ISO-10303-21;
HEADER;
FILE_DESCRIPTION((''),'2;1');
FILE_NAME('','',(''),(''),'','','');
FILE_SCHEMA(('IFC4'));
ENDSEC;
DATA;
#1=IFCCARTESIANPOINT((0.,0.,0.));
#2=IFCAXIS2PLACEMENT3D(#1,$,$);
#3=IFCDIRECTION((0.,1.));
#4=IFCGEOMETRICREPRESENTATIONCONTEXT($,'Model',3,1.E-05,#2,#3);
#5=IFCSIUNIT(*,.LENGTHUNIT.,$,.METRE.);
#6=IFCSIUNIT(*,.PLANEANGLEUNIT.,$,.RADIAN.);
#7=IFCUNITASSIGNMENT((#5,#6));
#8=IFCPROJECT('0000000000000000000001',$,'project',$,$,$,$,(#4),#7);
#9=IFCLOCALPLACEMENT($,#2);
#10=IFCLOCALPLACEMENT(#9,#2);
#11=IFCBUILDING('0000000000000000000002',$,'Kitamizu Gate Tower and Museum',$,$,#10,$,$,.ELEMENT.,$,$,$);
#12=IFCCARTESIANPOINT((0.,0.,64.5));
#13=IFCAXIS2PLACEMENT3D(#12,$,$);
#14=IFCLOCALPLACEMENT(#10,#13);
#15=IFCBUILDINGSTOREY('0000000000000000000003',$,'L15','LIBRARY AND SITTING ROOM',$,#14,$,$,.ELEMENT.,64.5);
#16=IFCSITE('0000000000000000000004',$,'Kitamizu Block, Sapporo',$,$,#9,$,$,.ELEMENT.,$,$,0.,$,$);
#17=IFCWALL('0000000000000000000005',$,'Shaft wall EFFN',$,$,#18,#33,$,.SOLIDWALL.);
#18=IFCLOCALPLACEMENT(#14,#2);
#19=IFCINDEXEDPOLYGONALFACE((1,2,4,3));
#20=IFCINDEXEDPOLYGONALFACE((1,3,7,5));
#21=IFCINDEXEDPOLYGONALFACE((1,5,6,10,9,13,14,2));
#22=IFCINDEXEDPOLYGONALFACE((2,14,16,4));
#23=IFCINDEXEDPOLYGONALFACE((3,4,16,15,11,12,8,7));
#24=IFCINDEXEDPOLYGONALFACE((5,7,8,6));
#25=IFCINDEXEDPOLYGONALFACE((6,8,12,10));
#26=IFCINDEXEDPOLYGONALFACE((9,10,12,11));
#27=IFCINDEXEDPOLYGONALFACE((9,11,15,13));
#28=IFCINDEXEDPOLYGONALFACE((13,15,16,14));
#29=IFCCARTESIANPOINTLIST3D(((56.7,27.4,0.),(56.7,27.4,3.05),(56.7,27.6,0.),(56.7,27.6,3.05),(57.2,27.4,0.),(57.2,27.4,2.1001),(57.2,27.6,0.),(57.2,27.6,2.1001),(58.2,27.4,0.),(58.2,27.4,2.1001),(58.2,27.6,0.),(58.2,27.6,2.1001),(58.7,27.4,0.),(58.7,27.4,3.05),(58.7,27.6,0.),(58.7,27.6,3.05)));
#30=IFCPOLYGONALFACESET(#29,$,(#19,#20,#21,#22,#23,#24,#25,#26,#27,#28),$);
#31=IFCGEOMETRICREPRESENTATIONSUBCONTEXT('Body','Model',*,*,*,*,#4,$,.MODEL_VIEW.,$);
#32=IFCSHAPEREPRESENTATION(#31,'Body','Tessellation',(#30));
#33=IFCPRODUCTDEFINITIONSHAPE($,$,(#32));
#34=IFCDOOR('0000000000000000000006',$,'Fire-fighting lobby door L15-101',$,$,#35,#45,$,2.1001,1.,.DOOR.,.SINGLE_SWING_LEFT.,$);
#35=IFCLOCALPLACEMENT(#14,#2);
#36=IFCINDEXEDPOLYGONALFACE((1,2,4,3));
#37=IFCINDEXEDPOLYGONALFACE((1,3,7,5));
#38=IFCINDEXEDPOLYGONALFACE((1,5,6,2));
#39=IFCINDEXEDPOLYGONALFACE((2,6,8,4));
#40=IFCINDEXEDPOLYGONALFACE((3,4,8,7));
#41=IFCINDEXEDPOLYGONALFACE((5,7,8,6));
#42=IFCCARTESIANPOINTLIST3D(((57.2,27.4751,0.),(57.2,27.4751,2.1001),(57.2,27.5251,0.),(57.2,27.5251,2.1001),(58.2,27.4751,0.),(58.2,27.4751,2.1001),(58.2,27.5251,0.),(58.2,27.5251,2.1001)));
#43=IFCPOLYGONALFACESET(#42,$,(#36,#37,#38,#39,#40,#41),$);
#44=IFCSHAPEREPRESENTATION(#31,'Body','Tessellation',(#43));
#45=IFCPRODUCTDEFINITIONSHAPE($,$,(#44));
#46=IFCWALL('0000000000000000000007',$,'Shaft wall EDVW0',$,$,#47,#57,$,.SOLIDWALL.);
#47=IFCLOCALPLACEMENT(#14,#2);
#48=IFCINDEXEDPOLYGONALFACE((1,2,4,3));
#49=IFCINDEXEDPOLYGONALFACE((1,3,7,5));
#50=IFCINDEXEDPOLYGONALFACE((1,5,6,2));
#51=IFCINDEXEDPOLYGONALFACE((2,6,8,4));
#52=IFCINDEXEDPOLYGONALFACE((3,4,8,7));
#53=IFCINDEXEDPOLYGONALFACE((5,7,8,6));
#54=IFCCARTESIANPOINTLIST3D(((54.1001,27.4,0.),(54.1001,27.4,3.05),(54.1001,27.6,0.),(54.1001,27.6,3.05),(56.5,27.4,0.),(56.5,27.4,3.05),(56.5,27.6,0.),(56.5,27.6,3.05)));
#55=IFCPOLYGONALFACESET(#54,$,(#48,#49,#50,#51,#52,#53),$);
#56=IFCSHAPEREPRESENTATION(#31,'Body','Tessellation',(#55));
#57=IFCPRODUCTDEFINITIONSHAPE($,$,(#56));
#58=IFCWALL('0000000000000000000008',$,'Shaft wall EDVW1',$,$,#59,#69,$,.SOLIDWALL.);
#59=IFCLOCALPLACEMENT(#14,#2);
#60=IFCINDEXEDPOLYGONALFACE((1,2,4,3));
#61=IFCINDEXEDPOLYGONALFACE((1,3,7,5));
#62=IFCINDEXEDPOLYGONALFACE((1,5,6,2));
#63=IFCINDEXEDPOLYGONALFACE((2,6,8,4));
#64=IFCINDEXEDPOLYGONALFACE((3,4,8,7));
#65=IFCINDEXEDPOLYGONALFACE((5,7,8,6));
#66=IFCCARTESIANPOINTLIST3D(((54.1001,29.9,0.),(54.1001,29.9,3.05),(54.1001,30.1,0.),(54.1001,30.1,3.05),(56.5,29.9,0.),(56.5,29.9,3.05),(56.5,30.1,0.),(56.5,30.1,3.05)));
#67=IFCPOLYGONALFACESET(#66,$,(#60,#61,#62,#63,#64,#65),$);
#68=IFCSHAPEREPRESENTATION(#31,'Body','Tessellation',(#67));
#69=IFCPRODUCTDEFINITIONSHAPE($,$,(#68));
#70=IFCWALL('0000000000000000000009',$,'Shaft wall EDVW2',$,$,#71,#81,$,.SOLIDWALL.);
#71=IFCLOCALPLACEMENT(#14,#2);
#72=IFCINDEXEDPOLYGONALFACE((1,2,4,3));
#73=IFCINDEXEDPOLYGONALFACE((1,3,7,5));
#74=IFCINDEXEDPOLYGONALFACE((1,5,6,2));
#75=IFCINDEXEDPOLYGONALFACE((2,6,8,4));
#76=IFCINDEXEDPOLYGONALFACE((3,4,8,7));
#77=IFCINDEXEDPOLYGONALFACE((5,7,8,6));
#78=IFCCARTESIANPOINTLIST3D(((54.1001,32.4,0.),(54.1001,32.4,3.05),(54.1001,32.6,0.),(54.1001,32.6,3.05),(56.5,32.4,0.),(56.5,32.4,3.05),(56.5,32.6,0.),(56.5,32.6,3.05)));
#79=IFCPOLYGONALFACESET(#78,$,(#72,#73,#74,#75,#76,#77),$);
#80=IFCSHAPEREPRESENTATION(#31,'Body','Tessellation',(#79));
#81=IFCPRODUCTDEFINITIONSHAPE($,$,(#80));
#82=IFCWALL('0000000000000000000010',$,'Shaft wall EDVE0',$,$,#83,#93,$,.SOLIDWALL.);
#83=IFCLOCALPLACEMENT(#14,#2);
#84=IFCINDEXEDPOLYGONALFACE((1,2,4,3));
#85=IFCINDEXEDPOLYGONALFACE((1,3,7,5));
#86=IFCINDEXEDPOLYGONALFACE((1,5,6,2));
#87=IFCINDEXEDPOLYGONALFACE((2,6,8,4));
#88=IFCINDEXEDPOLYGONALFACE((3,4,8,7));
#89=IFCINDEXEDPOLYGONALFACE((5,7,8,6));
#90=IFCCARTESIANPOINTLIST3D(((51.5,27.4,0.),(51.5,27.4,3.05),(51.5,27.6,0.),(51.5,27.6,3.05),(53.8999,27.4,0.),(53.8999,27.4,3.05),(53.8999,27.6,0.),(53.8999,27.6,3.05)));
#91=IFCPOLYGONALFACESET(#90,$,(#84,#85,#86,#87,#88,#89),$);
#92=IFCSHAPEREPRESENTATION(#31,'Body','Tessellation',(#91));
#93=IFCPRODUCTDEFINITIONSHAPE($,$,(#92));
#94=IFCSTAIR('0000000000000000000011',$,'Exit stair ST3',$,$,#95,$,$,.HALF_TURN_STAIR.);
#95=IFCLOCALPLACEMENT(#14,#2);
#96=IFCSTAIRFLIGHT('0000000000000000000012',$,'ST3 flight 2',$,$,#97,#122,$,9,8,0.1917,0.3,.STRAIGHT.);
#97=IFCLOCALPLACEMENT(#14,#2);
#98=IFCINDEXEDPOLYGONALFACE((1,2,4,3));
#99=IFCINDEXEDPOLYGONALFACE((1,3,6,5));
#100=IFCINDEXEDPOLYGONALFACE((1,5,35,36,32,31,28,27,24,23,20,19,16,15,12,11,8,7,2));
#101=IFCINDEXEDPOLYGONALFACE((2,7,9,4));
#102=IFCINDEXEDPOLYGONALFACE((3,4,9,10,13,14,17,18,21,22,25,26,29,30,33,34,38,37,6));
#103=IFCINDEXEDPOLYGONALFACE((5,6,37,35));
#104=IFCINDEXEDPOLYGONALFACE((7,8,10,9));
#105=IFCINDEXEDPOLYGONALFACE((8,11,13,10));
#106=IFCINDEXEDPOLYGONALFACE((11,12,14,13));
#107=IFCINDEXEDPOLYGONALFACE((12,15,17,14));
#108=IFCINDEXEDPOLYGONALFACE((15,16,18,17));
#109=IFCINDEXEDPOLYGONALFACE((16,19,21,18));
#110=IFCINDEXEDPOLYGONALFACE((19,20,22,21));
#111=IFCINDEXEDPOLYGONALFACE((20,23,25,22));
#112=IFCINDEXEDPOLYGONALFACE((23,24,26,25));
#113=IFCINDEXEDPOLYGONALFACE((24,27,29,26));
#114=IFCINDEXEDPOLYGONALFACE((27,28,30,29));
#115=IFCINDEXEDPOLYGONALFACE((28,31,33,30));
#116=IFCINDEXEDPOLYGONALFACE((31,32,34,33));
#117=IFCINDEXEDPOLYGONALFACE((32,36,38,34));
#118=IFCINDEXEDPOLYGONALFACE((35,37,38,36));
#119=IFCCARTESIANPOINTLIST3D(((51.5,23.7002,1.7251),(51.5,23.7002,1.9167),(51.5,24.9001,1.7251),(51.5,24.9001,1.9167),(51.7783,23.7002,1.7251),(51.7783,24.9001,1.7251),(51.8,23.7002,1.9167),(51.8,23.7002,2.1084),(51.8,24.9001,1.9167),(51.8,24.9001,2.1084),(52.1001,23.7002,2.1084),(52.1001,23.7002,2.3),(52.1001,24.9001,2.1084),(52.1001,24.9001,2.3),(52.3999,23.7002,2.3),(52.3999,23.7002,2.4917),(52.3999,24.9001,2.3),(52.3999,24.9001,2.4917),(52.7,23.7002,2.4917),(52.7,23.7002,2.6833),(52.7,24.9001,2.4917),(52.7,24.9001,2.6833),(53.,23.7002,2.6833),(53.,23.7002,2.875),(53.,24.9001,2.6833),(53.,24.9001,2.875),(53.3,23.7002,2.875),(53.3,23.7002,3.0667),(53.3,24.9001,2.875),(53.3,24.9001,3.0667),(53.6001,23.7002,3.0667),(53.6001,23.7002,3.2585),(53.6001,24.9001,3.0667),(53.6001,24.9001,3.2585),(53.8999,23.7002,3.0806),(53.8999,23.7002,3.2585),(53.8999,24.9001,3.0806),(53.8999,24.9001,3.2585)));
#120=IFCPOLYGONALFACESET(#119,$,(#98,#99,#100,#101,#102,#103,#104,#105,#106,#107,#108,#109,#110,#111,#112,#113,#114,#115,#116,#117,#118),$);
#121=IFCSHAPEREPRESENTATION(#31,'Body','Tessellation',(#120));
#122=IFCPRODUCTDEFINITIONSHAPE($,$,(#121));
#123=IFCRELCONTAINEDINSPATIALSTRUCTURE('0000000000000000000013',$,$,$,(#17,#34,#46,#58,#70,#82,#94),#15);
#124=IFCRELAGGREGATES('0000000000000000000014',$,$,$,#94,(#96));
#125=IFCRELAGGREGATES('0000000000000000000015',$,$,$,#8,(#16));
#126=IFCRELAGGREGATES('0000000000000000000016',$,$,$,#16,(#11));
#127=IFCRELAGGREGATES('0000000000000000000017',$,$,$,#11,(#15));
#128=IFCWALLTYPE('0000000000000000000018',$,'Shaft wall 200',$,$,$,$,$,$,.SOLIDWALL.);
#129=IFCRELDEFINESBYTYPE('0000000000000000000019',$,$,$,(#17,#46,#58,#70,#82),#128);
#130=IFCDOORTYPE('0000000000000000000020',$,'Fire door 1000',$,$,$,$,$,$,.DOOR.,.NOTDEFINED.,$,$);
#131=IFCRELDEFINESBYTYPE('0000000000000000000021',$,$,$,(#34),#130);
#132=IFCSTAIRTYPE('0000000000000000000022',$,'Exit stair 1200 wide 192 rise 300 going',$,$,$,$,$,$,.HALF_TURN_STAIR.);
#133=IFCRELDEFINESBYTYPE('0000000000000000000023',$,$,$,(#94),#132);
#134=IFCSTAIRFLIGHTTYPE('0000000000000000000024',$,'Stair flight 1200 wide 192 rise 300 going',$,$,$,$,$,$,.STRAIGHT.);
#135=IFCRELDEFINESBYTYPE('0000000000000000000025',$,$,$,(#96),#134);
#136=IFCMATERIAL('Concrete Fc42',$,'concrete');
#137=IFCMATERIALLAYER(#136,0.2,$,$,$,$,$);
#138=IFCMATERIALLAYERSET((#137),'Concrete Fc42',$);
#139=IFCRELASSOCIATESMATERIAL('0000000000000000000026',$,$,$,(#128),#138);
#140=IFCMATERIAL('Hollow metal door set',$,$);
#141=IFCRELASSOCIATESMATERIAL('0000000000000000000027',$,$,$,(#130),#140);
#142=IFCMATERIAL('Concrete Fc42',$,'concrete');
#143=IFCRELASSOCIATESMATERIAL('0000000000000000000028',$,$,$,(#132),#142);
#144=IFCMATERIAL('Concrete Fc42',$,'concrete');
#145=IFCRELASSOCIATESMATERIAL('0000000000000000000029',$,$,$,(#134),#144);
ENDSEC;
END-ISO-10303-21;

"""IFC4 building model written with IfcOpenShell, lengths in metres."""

from ifc_helpers import new_model, si_unit, direction, frame, frame_2d, origin, place, context, subcontext, project, spatial, polyline, rectangle, outline, extrude, material, layer, layer_set, type_object, element, fill, aggregate, save


model = new_model("IFC4")

# Units and contexts
model_context = context("Model", 3, precision=1e-05, world=origin(), true_north=direction((0.0, 1.0)))
body_context = subcontext(model_context, "Body", "Model", "MODEL_VIEW")
ifc_project = project(units=[si_unit("LENGTHUNIT", "METRE"), si_unit("PLANEANGLEUNIT", "RADIAN")], contexts=[model_context])

# Site, building, storey
site_placement = place(None, origin())
site = spatial("IfcSite", under=ifc_project, at=site_placement, Name="Kitamizu Block, Sapporo", CompositionType="ELEMENT", RefElevation=0.0)
building_placement = place(site_placement, origin())
building = spatial("IfcBuilding", under=site, at=building_placement, Name="Kitamizu Gate Tower and Museum", CompositionType="ELEMENT")
storey_placement = place(building_placement, frame((0.0, 0.0, 64.5)))
storey = spatial("IfcBuildingStorey", under=building, at=storey_placement, Name="L15", Description="LIBRARY AND SITTING ROOM", CompositionType="ELEMENT", Elevation=64.5)

# Shared definitions
ifc_material_1 = material(Name="Concrete Fc42", Category="concrete")
ifc_layer_1 = layer(ifc_material_1, 0.2)
ifc_layer_set_1 = layer_set([ifc_layer_1], Name="Concrete Fc42")
wall_type_1 = type_object("IfcWallType", Name="Shaft wall 200", PredefinedType="SOLIDWALL", material=ifc_layer_set_1)
ifc_material_2 = material(Name="Hollow metal door set")
door_type_1 = type_object("IfcDoorType", Name="Fire door 1000", OperationType="NOTDEFINED", PredefinedType="DOOR", material=ifc_material_2)

# Wall, opening, door
wall_1_placement = place(storey_placement, frame((58.7, 27.5, 0.0), z_axis=(0.0, 0.0, 1.0), x_axis=(-1.0, 0.0, 0.0)))
wall_1 = element("IfcWall", 1, at=wall_1_placement, inside=storey, type_object=wall_type_1, Name="Shaft wall EFFN", PredefinedType="SOLIDWALL", context=body_context, shape_type="SweptSolid", body=[
    extrude(rectangle(XDim=2.0, YDim=0.2, at=frame_2d((1.0, 0.0))), origin(), (0.0, 0.0, 1.0), 3.05),
])
opening_1_placement = place(wall_1_placement, frame((0.5, 0.0, 0.0)))
opening_1 = element("IfcOpeningElement", 2, at=opening_1_placement, cuts=wall_1, PredefinedType="OPENING", context=body_context, shape_type="SweptSolid", body=[
    extrude(rectangle(XDim=1.0, YDim=2.1001, at=frame_2d((0.5, 1.05))), frame((0.0, 0.1099, 0.0), z_axis=(0.0, -1.0, 0.0), x_axis=(1.0, 0.0, 0.0)), (0.0, 0.0, 1.0), 0.22),
])
door_1_placement = place(opening_1_placement, origin())
door_1 = element("IfcDoor", 3, at=door_1_placement, inside=storey, type_object=door_type_1, Name="Fire-fighting lobby door L15-101", OperationType="SINGLE_SWING_LEFT", OverallHeight=2.1001, OverallWidth=1.0, PredefinedType="DOOR", context=body_context, shape_type="SweptSolid", body=[
    extrude(rectangle(XDim=1.0, YDim=2.1001, at=frame_2d((0.5, 1.05))), frame((0.0, 0.0249, 0.0), z_axis=(0.0, -1.0, 0.0), x_axis=(1.0, 0.0, 0.0)), (0.0, 0.0, 1.0), 0.05),
])
fill(opening_1, door_1)

# Walls
for number, where, z_axis, x_axis, name in (
    (4, (56.5, 27.5, 0.0), (0.0, 0.0, 1.0), (-1.0, 0.0, 0.0), "Shaft wall EDVW0"),
    (5, (56.5, 30.0, 0.0), (0.0, 0.0, 1.0), (-1.0, 0.0, 0.0), "Shaft wall EDVW1"),
    (6, (56.5, 32.5, 0.0), (0.0, 0.0, 1.0), (-1.0, 0.0, 0.0), "Shaft wall EDVW2"),
    (7, (53.8999, 27.5, 0.0), (0.0, 0.0, 1.0), (-1.0, 0.0, 0.0), "Shaft wall EDVE0"),
):
    element("IfcWall", number, at=place(storey_placement, frame(where, z_axis=z_axis, x_axis=x_axis)), inside=storey, type_object=wall_type_1, Name=name, PredefinedType="SOLIDWALL", context=body_context, shape_type="SweptSolid", body=[
        extrude(rectangle(XDim=2.3999, YDim=0.2, at=frame_2d((1.2, 0.0))), origin(), (0.0, 0.0, 1.0), 3.05),
    ])

# Stair, stair flight
ifc_material_3 = material(Name="Concrete Fc42", Category="concrete")
stair_type = type_object("IfcStairType", Name="Exit stair 1200 wide 192 rise 300 going", PredefinedType="HALF_TURN_STAIR", material=ifc_material_3)
stair_placement = place(storey_placement, origin())
stair = element("IfcStair", 8, at=stair_placement, inside=storey, type_object=stair_type, Name="Exit stair ST3", PredefinedType="HALF_TURN_STAIR")
ifc_material_4 = material(Name="Concrete Fc42", Category="concrete")
stair_flight_type = type_object("IfcStairFlightType", Name="Stair flight 1200 wide 192 rise 300 going", PredefinedType="STRAIGHT", material=ifc_material_4)
stair_flight_placement = place(storey_placement, frame((51.5, 24.3, 1.7251), z_axis=(0.0, 0.0, 1.0), x_axis=(1.0, 0.0, 0.0)))
stair_flight = element("IfcStairFlight", 9, at=stair_flight_placement, type_object=stair_flight_type, Name="ST3 flight 2", NumberOfRisers=9, NumberOfTreads=8, PredefinedType="STRAIGHT", RiserHeight=0.1917, TreadLength=0.3, context=body_context, shape_type="SweptSolid", body=[
    extrude(outline(polyline([(0.0, 0.0), (0.0, 0.1917), (0.3, 0.1917), (0.3, 0.3833), (0.6001, 0.3833), (0.6001, 0.575), (0.8999, 0.575), (0.8999, 0.7666), (1.2, 0.7666), (1.2, 0.9583), (1.5, 0.9583), (1.5, 1.1499), (1.8, 1.1499), (1.8, 1.3416), (2.1001, 1.3416), (2.1001, 1.5334), (2.3999, 1.5334), (2.3999, 1.7251), (2.3999, 1.3555), (0.2783, 0.0), (0.0, 0.0)])), frame((0.0, 0.6001, 0.0), z_axis=(0.0, -1.0, 0.0), x_axis=(1.0, 0.0, 0.0)), (0.0, 0.0, 1.0), 1.2),
])
aggregate(stair, [stair_flight])

save(model, "model.ifc")
